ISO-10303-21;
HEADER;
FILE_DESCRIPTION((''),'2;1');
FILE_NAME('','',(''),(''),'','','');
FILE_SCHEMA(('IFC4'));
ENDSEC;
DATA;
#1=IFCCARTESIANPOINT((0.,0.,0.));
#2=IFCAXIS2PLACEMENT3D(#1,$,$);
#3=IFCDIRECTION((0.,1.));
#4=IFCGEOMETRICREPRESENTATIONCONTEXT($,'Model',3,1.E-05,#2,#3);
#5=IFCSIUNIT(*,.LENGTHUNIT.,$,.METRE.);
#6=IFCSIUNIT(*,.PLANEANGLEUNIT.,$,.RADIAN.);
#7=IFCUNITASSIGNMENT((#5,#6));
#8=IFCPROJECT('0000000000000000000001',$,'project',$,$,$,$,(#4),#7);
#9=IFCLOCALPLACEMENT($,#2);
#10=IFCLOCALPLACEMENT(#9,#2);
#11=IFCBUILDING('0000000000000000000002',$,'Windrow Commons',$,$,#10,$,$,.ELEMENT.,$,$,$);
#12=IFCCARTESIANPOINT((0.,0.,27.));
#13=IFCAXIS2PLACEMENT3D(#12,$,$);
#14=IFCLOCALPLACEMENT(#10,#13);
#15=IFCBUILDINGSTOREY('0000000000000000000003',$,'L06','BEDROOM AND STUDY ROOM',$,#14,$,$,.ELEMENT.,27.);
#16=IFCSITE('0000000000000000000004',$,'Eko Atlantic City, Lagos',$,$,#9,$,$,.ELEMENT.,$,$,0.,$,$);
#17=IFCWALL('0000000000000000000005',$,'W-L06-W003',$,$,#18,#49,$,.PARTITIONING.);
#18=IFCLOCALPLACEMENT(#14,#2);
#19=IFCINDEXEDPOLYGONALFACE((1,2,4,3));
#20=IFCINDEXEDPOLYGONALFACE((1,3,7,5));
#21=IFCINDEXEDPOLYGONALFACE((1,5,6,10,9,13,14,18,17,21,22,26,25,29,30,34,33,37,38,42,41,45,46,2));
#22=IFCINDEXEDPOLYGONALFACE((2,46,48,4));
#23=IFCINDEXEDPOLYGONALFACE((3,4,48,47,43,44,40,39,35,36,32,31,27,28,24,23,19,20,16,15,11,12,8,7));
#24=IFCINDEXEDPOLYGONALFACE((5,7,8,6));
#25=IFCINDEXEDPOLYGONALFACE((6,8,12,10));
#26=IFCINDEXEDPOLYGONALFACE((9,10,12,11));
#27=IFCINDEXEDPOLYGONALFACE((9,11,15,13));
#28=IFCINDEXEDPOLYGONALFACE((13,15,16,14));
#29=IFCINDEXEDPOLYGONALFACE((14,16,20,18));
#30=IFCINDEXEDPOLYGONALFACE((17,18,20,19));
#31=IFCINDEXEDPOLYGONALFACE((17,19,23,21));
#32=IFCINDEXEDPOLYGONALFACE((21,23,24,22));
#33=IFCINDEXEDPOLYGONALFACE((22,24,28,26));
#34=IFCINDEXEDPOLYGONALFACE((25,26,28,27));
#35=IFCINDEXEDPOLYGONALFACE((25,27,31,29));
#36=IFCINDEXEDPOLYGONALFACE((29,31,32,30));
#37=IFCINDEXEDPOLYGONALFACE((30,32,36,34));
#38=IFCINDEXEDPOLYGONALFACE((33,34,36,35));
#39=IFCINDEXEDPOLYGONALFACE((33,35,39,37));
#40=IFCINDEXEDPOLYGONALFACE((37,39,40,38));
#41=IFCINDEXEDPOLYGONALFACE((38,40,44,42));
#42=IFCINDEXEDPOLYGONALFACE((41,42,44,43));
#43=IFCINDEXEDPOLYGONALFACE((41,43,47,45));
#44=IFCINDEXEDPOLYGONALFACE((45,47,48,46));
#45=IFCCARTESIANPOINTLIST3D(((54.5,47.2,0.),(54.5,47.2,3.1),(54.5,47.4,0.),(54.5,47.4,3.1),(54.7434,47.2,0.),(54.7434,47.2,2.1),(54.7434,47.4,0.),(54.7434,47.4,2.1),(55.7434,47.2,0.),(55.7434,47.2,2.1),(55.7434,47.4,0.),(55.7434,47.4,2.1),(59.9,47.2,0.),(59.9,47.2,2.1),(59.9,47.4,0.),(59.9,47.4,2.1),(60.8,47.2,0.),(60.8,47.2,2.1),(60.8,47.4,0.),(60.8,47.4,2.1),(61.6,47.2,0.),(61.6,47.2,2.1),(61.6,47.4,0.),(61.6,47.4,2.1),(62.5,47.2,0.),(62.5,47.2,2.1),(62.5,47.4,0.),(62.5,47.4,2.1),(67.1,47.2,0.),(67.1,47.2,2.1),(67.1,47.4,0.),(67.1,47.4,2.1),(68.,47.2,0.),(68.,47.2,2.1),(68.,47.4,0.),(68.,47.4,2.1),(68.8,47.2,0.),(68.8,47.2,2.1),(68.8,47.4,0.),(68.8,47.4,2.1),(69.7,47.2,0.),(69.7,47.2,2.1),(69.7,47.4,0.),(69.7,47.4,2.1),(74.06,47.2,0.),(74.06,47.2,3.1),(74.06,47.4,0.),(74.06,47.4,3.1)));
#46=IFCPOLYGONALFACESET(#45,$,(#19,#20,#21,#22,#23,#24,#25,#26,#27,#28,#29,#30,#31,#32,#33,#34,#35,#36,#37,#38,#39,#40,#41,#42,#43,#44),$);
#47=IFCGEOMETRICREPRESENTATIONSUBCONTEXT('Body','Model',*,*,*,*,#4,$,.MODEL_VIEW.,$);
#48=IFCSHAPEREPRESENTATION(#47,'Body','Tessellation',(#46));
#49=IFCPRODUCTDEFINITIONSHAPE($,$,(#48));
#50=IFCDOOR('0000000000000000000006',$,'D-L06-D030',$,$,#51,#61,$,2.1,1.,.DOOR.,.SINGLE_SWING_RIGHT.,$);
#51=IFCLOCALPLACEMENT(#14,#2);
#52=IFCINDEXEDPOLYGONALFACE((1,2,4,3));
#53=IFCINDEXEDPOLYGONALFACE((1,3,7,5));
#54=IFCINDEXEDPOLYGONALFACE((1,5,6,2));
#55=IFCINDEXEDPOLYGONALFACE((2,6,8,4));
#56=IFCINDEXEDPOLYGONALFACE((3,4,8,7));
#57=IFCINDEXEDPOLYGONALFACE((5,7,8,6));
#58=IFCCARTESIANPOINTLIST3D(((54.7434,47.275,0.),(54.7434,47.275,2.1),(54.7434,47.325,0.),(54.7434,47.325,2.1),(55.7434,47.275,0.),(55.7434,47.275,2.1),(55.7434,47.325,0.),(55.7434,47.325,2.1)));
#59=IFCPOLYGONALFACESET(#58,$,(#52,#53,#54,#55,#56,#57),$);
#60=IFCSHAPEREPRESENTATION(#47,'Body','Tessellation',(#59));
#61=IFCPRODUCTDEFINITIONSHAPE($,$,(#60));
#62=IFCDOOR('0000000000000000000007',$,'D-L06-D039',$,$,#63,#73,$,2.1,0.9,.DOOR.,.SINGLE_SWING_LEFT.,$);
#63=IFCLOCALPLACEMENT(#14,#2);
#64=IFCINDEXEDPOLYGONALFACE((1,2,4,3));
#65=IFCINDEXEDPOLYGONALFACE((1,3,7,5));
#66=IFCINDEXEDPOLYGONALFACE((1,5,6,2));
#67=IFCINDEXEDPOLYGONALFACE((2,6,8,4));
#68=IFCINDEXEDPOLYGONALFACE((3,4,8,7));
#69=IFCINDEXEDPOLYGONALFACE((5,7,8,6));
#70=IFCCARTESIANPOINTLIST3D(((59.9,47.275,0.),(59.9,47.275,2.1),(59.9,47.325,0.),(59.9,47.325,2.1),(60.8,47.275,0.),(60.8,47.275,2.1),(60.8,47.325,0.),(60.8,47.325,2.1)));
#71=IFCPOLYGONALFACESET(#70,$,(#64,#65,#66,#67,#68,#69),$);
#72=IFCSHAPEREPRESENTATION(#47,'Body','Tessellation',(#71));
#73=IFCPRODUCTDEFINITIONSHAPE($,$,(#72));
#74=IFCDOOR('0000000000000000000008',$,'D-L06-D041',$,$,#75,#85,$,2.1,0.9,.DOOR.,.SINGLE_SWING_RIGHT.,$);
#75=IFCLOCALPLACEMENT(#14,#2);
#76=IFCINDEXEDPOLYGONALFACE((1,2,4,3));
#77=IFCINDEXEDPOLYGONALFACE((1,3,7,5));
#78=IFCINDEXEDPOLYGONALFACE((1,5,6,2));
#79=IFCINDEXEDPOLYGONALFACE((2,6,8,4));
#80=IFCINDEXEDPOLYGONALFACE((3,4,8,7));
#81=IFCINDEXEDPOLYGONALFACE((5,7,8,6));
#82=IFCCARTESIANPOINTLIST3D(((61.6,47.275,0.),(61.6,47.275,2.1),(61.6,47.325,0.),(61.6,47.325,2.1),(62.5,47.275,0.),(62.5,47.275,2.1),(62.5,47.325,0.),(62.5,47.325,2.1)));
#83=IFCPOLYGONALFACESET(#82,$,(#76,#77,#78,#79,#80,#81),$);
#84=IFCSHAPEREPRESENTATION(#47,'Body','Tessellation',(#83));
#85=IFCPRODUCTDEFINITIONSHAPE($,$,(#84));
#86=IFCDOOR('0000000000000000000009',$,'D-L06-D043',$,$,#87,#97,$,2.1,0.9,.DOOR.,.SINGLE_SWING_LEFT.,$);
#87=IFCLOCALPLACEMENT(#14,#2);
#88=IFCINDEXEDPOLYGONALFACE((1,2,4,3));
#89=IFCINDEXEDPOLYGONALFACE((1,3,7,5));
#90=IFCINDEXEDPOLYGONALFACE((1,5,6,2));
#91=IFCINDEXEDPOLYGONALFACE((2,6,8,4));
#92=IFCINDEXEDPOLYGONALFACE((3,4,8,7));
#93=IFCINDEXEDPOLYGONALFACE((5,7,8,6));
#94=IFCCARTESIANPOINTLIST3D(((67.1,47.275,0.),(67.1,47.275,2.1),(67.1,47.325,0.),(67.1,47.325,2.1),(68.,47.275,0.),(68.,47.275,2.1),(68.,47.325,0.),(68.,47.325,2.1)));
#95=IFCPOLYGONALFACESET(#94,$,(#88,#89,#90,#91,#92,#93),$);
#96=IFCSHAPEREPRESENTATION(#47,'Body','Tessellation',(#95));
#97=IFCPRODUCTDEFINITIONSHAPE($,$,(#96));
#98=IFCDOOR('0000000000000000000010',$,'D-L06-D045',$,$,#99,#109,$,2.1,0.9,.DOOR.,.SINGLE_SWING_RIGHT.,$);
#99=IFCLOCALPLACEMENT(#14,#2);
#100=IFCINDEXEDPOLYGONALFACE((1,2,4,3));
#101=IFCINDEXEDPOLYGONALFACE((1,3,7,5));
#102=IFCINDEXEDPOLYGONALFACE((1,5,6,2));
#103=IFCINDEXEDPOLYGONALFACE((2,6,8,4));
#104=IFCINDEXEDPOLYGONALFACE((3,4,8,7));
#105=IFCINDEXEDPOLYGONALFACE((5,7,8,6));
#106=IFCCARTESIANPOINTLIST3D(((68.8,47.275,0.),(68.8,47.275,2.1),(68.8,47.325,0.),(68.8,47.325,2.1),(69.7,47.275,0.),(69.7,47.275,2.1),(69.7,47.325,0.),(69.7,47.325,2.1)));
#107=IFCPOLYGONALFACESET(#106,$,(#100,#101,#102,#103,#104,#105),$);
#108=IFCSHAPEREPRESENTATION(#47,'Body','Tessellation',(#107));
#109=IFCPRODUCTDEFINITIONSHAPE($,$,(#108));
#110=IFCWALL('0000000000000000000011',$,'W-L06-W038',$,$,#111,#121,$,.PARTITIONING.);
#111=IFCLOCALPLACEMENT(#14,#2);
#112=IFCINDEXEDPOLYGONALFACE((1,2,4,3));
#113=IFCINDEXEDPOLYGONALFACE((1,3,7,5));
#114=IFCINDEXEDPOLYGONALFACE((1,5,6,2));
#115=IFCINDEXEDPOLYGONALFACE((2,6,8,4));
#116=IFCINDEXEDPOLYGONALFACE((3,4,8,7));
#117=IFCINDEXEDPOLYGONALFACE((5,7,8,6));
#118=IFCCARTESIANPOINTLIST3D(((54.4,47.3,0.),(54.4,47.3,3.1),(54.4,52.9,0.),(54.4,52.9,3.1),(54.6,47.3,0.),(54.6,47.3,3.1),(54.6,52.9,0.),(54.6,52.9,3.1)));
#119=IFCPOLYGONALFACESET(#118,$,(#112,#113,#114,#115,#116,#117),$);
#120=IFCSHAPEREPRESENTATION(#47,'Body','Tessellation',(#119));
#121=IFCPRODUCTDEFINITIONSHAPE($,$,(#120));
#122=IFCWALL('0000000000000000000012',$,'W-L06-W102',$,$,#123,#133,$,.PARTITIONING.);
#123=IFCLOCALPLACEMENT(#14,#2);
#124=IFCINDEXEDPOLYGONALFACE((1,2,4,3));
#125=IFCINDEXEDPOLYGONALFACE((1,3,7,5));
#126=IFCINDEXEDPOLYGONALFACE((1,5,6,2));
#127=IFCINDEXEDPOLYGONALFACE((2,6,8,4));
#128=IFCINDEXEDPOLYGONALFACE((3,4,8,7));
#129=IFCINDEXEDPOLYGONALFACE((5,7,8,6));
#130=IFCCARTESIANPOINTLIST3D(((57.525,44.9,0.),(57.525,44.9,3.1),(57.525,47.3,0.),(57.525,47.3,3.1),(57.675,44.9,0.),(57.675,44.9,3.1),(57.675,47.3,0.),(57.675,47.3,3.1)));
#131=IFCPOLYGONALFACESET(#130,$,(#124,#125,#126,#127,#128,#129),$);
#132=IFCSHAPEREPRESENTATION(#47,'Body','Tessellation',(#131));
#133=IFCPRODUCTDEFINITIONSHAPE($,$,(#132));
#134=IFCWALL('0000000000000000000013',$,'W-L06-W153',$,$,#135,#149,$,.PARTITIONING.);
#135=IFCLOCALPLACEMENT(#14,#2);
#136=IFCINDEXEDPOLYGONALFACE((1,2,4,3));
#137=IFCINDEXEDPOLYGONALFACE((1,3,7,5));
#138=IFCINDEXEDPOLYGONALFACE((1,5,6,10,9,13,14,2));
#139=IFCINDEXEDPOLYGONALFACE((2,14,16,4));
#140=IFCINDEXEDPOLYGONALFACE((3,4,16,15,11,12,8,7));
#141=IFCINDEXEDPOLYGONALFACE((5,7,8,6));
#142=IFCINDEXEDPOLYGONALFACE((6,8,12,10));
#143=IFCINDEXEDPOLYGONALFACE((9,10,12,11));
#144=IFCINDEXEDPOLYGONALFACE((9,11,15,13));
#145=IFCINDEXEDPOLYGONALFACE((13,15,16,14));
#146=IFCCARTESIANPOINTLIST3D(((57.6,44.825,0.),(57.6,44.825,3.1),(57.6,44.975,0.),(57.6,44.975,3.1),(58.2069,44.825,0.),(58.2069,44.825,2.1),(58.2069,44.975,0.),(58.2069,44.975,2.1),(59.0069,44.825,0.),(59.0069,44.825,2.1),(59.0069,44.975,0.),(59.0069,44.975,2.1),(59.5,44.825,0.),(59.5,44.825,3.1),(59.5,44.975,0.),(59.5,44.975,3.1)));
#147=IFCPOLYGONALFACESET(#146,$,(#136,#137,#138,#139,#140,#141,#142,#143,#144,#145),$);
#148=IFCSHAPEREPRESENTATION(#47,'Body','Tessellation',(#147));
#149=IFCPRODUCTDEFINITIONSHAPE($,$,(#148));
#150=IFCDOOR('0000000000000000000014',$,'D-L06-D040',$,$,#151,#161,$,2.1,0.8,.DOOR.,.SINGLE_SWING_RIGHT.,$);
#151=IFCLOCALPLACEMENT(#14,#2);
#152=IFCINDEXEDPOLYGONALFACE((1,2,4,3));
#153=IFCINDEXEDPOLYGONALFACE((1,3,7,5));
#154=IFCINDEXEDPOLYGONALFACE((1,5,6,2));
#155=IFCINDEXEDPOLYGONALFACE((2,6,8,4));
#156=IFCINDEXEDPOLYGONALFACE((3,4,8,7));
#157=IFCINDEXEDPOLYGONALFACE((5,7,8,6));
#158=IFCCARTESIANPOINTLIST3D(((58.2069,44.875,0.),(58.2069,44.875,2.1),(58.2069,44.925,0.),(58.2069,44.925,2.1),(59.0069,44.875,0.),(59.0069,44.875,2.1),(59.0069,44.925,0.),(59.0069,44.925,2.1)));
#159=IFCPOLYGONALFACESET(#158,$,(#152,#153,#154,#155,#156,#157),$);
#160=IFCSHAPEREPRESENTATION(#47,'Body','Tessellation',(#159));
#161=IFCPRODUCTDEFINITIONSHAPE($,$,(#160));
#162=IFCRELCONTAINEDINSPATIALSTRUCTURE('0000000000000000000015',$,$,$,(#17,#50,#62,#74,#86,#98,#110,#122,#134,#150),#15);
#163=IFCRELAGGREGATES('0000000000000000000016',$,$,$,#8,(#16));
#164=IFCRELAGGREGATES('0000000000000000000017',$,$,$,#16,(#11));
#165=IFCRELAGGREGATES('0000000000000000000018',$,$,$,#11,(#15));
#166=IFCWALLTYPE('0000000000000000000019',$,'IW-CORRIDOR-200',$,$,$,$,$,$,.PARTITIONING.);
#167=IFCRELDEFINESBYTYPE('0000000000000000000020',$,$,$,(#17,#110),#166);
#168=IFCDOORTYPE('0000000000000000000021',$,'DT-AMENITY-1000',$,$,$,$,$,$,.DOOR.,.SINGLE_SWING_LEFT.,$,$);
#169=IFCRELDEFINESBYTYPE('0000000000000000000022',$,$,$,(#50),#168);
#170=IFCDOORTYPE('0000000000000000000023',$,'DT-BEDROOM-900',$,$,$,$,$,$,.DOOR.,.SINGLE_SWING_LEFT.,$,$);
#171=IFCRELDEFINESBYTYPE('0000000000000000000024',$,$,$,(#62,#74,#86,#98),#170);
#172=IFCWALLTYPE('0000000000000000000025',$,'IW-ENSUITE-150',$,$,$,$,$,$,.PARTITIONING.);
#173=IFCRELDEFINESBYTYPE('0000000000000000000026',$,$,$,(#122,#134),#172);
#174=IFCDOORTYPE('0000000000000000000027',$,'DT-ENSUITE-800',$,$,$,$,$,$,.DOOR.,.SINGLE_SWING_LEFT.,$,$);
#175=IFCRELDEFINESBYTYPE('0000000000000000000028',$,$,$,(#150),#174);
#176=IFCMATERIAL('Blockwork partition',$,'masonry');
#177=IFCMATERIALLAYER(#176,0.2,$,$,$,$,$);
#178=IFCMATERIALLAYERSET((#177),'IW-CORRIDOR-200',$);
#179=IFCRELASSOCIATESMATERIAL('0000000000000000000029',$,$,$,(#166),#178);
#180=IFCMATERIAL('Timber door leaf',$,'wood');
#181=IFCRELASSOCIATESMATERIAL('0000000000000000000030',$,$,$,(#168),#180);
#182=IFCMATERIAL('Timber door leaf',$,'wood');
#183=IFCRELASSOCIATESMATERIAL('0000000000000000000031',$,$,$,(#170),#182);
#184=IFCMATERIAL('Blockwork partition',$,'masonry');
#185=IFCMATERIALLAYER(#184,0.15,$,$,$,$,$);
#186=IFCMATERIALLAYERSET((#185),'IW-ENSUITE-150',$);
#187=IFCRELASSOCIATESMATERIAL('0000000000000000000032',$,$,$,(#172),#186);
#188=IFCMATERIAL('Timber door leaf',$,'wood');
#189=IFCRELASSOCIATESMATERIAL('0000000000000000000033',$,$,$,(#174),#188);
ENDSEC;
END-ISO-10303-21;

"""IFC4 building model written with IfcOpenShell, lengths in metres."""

from ifc_helpers import new_model, si_unit, direction, frame, frame_2d, origin, place, context, subcontext, project, spatial, rectangle, extrude, material, layer, layer_set, type_object, element, fill, save


model = new_model("IFC4")

# Units and contexts
model_context = context("Model", 3, precision=1e-05, world=origin(), true_north=direction((0.0, 1.0)))
body_context = subcontext(model_context, "Body", "Model", "MODEL_VIEW")
ifc_project = project(units=[si_unit("LENGTHUNIT", "METRE"), si_unit("PLANEANGLEUNIT", "RADIAN")], contexts=[model_context])

# Site, building, storey
site_placement = place(None, origin())
site = spatial("IfcSite", under=ifc_project, at=site_placement, Name="Eko Atlantic City, Lagos", CompositionType="ELEMENT", RefElevation=0.0)
building_placement = place(site_placement, origin())
building = spatial("IfcBuilding", under=site, at=building_placement, Name="Windrow Commons", CompositionType="ELEMENT")
storey_placement = place(building_placement, frame((0.0, 0.0, 27.0)))
storey = spatial("IfcBuildingStorey", under=building, at=storey_placement, Name="L06", Description="BEDROOM AND STUDY ROOM", CompositionType="ELEMENT", Elevation=27.0)

# Wall, openings, doors
ifc_material_1 = material(Name="Blockwork partition", Category="masonry")
ifc_layer_1 = layer(ifc_material_1, 0.2)
ifc_layer_set_1 = layer_set([ifc_layer_1], Name="IW-CORRIDOR-200")
wall_type_1 = type_object("IfcWallType", Name="IW-CORRIDOR-200", PredefinedType="PARTITIONING", material=ifc_layer_set_1)
wall_1_placement = place(storey_placement, frame((54.5, 47.3, 0.0), z_axis=(0.0, 0.0, 1.0), x_axis=(1.0, 0.0, 0.0)))
wall_1 = element("IfcWall", 1, at=wall_1_placement, inside=storey, type_object=wall_type_1, Name="W-L06-W003", PredefinedType="PARTITIONING", context=body_context, shape_type="SweptSolid", body=[
    extrude(rectangle(XDim=19.56, YDim=0.2, at=frame_2d((9.78, 0.0))), origin(), (0.0, 0.0, 1.0), 3.1),
])
opening_1_placement = place(wall_1_placement, frame((0.2434, 0.0, 0.0)))
opening_1 = element("IfcOpeningElement", 2, at=opening_1_placement, cuts=wall_1, PredefinedType="OPENING", context=body_context, shape_type="SweptSolid", body=[
    extrude(rectangle(XDim=1.0, YDim=2.1, at=frame_2d((0.5, 1.05))), frame((0.0, 0.11, 0.0), z_axis=(0.0, -1.0, 0.0), x_axis=(1.0, 0.0, 0.0)), (0.0, 0.0, 1.0), 0.22),
])
opening_2_placement = place(wall_1_placement, frame((5.4, 0.0, 0.0)))
opening_2 = element("IfcOpeningElement", 3, at=opening_2_placement, cuts=wall_1, PredefinedType="OPENING", context=body_context, shape_type="SweptSolid", body=[
    extrude(rectangle(XDim=0.9, YDim=2.1, at=frame_2d((0.45, 1.05))), frame((0.0, 0.11, 0.0), z_axis=(0.0, -1.0, 0.0), x_axis=(1.0, 0.0, 0.0)), (0.0, 0.0, 1.0), 0.22),
])
opening_3_placement = place(wall_1_placement, frame((7.1, 0.0, 0.0)))
opening_3 = element("IfcOpeningElement", 4, at=opening_3_placement, cuts=wall_1, PredefinedType="OPENING", context=body_context, shape_type="SweptSolid", body=[
    extrude(rectangle(XDim=0.9, YDim=2.1, at=frame_2d((0.45, 1.05))), frame((0.0, 0.11, 0.0), z_axis=(0.0, -1.0, 0.0), x_axis=(1.0, 0.0, 0.0)), (0.0, 0.0, 1.0), 0.22),
])
opening_4_placement = place(wall_1_placement, frame((12.6, 0.0, 0.0)))
opening_4 = element("IfcOpeningElement", 5, at=opening_4_placement, cuts=wall_1, PredefinedType="OPENING", context=body_context, shape_type="SweptSolid", body=[
    extrude(rectangle(XDim=0.9, YDim=2.1, at=frame_2d((0.45, 1.05))), frame((0.0, 0.11, 0.0), z_axis=(0.0, -1.0, 0.0), x_axis=(1.0, 0.0, 0.0)), (0.0, 0.0, 1.0), 0.22),
])
opening_5_placement = place(wall_1_placement, frame((14.3, 0.0, 0.0)))
opening_5 = element("IfcOpeningElement", 6, at=opening_5_placement, cuts=wall_1, PredefinedType="OPENING", context=body_context, shape_type="SweptSolid", body=[
    extrude(rectangle(XDim=0.9, YDim=2.1, at=frame_2d((0.45, 1.05))), frame((0.0, 0.11, 0.0), z_axis=(0.0, -1.0, 0.0), x_axis=(1.0, 0.0, 0.0)), (0.0, 0.0, 1.0), 0.22),
])
ifc_material_2 = material(Name="Timber door leaf", Category="wood")
door_type_1 = type_object("IfcDoorType", Name="DT-AMENITY-1000", OperationType="SINGLE_SWING_LEFT", PredefinedType="DOOR", material=ifc_material_2)
door_1_placement = place(opening_1_placement, origin())
door_1 = element("IfcDoor", 7, at=door_1_placement, inside=storey, type_object=door_type_1, Name="D-L06-D030", OperationType="SINGLE_SWING_RIGHT", OverallHeight=2.1, OverallWidth=1.0, PredefinedType="DOOR", context=body_context, shape_type="SweptSolid", body=[
    extrude(rectangle(XDim=1.0, YDim=2.1, at=frame_2d((0.5, 1.05))), frame((0.0, 0.025, 0.0), z_axis=(0.0, -1.0, 0.0), x_axis=(1.0, 0.0, 0.0)), (0.0, 0.0, 1.0), 0.05),
])
fill(opening_1, door_1)
ifc_material_3 = material(Name="Timber door leaf", Category="wood")
door_type_2 = type_object("IfcDoorType", Name="DT-BEDROOM-900", OperationType="SINGLE_SWING_LEFT", PredefinedType="DOOR", material=ifc_material_3)
door_2_placement = place(opening_2_placement, origin())
door_2 = element("IfcDoor", 8, at=door_2_placement, inside=storey, type_object=door_type_2, Name="D-L06-D039", OperationType="SINGLE_SWING_LEFT", OverallHeight=2.1, OverallWidth=0.9, PredefinedType="DOOR", context=body_context, shape_type="SweptSolid", body=[
    extrude(rectangle(XDim=0.9, YDim=2.1, at=frame_2d((0.45, 1.05))), frame((0.0, 0.025, 0.0), z_axis=(0.0, -1.0, 0.0), x_axis=(1.0, 0.0, 0.0)), (0.0, 0.0, 1.0), 0.05),
])
fill(opening_2, door_2)
door_3_placement = place(opening_3_placement, origin())
door_3 = element("IfcDoor", 9, at=door_3_placement, inside=storey, type_object=door_type_2, Name="D-L06-D041", OperationType="SINGLE_SWING_RIGHT", OverallHeight=2.1, OverallWidth=0.9, PredefinedType="DOOR", context=body_context, shape_type="SweptSolid", body=[
    extrude(rectangle(XDim=0.9, YDim=2.1, at=frame_2d((0.45, 1.05))), frame((0.0, 0.025, 0.0), z_axis=(0.0, -1.0, 0.0), x_axis=(1.0, 0.0, 0.0)), (0.0, 0.0, 1.0), 0.05),
])
fill(opening_3, door_3)
door_4_placement = place(opening_4_placement, origin())
door_4 = element("IfcDoor", 10, at=door_4_placement, inside=storey, type_object=door_type_2, Name="D-L06-D043", OperationType="SINGLE_SWING_LEFT", OverallHeight=2.1, OverallWidth=0.9, PredefinedType="DOOR", context=body_context, shape_type="SweptSolid", body=[
    extrude(rectangle(XDim=0.9, YDim=2.1, at=frame_2d((0.45, 1.05))), frame((0.0, 0.025, 0.0), z_axis=(0.0, -1.0, 0.0), x_axis=(1.0, 0.0, 0.0)), (0.0, 0.0, 1.0), 0.05),
])
fill(opening_4, door_4)
door_5_placement = place(opening_5_placement, origin())
door_5 = element("IfcDoor", 11, at=door_5_placement, inside=storey, type_object=door_type_2, Name="D-L06-D045", OperationType="SINGLE_SWING_RIGHT", OverallHeight=2.1, OverallWidth=0.9, PredefinedType="DOOR", context=body_context, shape_type="SweptSolid", body=[
    extrude(rectangle(XDim=0.9, YDim=2.1, at=frame_2d((0.45, 1.05))), frame((0.0, 0.025, 0.0), z_axis=(0.0, -1.0, 0.0), x_axis=(1.0, 0.0, 0.0)), (0.0, 0.0, 1.0), 0.05),
])
fill(opening_5, door_5)

# Walls
wall_2_placement = place(storey_placement, frame((54.5, 47.3, 0.0), z_axis=(0.0, 0.0, 1.0), x_axis=(0.0, 1.0, 0.0)))
element("IfcWall", 12, at=wall_2_placement, inside=storey, type_object=wall_type_1, Name="W-L06-W038", PredefinedType="PARTITIONING", context=body_context, shape_type="SweptSolid", body=[
    extrude(rectangle(XDim=5.6, YDim=0.2, at=frame_2d((2.8, 0.0))), origin(), (0.0, 0.0, 1.0), 3.1),
])
ifc_material_4 = material(Name="Blockwork partition", Category="masonry")
ifc_layer_2 = layer(ifc_material_4, 0.15)
ifc_layer_set_2 = layer_set([ifc_layer_2], Name="IW-ENSUITE-150")
wall_type_2 = type_object("IfcWallType", Name="IW-ENSUITE-150", PredefinedType="PARTITIONING", material=ifc_layer_set_2)
wall_3_placement = place(storey_placement, frame((57.6, 44.9, 0.0), z_axis=(0.0, 0.0, 1.0), x_axis=(0.0, 1.0, 0.0)))
element("IfcWall", 13, at=wall_3_placement, inside=storey, type_object=wall_type_2, Name="W-L06-W102", PredefinedType="PARTITIONING", context=body_context, shape_type="SweptSolid", body=[
    extrude(rectangle(XDim=2.4, YDim=0.15, at=frame_2d((1.2, 0.0))), origin(), (0.0, 0.0, 1.0), 3.1),
])

# Wall, opening, door
wall_4_placement = place(storey_placement, frame((57.6, 44.9, 0.0), z_axis=(0.0, 0.0, 1.0), x_axis=(1.0, 0.0, 0.0)))
wall_4 = element("IfcWall", 14, at=wall_4_placement, inside=storey, type_object=wall_type_2, Name="W-L06-W153", PredefinedType="PARTITIONING", context=body_context, shape_type="SweptSolid", body=[
    extrude(rectangle(XDim=1.9, YDim=0.15, at=frame_2d((0.95, 0.0))), origin(), (0.0, 0.0, 1.0), 3.1),
])
opening_6_placement = place(wall_4_placement, frame((0.6069, 0.0, 0.0)))
opening_6 = element("IfcOpeningElement", 15, at=opening_6_placement, cuts=wall_4, PredefinedType="OPENING", context=body_context, shape_type="SweptSolid", body=[
    extrude(rectangle(XDim=0.8, YDim=2.1, at=frame_2d((0.4, 1.05))), frame((0.0, 0.085, 0.0), z_axis=(0.0, -1.0, 0.0), x_axis=(1.0, 0.0, 0.0)), (0.0, 0.0, 1.0), 0.17),
])
ifc_material_5 = material(Name="Timber door leaf", Category="wood")
door_type_3 = type_object("IfcDoorType", Name="DT-ENSUITE-800", OperationType="SINGLE_SWING_LEFT", PredefinedType="DOOR", material=ifc_material_5)
door_6_placement = place(opening_6_placement, origin())
door_6 = element("IfcDoor", 16, at=door_6_placement, inside=storey, type_object=door_type_3, Name="D-L06-D040", OperationType="SINGLE_SWING_RIGHT", OverallHeight=2.1, OverallWidth=0.8, PredefinedType="DOOR", context=body_context, shape_type="SweptSolid", body=[
    extrude(rectangle(XDim=0.8, YDim=2.1, at=frame_2d((0.4, 1.05))), frame((0.0, 0.025, 0.0), z_axis=(0.0, -1.0, 0.0), x_axis=(1.0, 0.0, 0.0)), (0.0, 0.0, 1.0), 0.05),
])
fill(opening_6, door_6)

save(model, "model.ifc")
